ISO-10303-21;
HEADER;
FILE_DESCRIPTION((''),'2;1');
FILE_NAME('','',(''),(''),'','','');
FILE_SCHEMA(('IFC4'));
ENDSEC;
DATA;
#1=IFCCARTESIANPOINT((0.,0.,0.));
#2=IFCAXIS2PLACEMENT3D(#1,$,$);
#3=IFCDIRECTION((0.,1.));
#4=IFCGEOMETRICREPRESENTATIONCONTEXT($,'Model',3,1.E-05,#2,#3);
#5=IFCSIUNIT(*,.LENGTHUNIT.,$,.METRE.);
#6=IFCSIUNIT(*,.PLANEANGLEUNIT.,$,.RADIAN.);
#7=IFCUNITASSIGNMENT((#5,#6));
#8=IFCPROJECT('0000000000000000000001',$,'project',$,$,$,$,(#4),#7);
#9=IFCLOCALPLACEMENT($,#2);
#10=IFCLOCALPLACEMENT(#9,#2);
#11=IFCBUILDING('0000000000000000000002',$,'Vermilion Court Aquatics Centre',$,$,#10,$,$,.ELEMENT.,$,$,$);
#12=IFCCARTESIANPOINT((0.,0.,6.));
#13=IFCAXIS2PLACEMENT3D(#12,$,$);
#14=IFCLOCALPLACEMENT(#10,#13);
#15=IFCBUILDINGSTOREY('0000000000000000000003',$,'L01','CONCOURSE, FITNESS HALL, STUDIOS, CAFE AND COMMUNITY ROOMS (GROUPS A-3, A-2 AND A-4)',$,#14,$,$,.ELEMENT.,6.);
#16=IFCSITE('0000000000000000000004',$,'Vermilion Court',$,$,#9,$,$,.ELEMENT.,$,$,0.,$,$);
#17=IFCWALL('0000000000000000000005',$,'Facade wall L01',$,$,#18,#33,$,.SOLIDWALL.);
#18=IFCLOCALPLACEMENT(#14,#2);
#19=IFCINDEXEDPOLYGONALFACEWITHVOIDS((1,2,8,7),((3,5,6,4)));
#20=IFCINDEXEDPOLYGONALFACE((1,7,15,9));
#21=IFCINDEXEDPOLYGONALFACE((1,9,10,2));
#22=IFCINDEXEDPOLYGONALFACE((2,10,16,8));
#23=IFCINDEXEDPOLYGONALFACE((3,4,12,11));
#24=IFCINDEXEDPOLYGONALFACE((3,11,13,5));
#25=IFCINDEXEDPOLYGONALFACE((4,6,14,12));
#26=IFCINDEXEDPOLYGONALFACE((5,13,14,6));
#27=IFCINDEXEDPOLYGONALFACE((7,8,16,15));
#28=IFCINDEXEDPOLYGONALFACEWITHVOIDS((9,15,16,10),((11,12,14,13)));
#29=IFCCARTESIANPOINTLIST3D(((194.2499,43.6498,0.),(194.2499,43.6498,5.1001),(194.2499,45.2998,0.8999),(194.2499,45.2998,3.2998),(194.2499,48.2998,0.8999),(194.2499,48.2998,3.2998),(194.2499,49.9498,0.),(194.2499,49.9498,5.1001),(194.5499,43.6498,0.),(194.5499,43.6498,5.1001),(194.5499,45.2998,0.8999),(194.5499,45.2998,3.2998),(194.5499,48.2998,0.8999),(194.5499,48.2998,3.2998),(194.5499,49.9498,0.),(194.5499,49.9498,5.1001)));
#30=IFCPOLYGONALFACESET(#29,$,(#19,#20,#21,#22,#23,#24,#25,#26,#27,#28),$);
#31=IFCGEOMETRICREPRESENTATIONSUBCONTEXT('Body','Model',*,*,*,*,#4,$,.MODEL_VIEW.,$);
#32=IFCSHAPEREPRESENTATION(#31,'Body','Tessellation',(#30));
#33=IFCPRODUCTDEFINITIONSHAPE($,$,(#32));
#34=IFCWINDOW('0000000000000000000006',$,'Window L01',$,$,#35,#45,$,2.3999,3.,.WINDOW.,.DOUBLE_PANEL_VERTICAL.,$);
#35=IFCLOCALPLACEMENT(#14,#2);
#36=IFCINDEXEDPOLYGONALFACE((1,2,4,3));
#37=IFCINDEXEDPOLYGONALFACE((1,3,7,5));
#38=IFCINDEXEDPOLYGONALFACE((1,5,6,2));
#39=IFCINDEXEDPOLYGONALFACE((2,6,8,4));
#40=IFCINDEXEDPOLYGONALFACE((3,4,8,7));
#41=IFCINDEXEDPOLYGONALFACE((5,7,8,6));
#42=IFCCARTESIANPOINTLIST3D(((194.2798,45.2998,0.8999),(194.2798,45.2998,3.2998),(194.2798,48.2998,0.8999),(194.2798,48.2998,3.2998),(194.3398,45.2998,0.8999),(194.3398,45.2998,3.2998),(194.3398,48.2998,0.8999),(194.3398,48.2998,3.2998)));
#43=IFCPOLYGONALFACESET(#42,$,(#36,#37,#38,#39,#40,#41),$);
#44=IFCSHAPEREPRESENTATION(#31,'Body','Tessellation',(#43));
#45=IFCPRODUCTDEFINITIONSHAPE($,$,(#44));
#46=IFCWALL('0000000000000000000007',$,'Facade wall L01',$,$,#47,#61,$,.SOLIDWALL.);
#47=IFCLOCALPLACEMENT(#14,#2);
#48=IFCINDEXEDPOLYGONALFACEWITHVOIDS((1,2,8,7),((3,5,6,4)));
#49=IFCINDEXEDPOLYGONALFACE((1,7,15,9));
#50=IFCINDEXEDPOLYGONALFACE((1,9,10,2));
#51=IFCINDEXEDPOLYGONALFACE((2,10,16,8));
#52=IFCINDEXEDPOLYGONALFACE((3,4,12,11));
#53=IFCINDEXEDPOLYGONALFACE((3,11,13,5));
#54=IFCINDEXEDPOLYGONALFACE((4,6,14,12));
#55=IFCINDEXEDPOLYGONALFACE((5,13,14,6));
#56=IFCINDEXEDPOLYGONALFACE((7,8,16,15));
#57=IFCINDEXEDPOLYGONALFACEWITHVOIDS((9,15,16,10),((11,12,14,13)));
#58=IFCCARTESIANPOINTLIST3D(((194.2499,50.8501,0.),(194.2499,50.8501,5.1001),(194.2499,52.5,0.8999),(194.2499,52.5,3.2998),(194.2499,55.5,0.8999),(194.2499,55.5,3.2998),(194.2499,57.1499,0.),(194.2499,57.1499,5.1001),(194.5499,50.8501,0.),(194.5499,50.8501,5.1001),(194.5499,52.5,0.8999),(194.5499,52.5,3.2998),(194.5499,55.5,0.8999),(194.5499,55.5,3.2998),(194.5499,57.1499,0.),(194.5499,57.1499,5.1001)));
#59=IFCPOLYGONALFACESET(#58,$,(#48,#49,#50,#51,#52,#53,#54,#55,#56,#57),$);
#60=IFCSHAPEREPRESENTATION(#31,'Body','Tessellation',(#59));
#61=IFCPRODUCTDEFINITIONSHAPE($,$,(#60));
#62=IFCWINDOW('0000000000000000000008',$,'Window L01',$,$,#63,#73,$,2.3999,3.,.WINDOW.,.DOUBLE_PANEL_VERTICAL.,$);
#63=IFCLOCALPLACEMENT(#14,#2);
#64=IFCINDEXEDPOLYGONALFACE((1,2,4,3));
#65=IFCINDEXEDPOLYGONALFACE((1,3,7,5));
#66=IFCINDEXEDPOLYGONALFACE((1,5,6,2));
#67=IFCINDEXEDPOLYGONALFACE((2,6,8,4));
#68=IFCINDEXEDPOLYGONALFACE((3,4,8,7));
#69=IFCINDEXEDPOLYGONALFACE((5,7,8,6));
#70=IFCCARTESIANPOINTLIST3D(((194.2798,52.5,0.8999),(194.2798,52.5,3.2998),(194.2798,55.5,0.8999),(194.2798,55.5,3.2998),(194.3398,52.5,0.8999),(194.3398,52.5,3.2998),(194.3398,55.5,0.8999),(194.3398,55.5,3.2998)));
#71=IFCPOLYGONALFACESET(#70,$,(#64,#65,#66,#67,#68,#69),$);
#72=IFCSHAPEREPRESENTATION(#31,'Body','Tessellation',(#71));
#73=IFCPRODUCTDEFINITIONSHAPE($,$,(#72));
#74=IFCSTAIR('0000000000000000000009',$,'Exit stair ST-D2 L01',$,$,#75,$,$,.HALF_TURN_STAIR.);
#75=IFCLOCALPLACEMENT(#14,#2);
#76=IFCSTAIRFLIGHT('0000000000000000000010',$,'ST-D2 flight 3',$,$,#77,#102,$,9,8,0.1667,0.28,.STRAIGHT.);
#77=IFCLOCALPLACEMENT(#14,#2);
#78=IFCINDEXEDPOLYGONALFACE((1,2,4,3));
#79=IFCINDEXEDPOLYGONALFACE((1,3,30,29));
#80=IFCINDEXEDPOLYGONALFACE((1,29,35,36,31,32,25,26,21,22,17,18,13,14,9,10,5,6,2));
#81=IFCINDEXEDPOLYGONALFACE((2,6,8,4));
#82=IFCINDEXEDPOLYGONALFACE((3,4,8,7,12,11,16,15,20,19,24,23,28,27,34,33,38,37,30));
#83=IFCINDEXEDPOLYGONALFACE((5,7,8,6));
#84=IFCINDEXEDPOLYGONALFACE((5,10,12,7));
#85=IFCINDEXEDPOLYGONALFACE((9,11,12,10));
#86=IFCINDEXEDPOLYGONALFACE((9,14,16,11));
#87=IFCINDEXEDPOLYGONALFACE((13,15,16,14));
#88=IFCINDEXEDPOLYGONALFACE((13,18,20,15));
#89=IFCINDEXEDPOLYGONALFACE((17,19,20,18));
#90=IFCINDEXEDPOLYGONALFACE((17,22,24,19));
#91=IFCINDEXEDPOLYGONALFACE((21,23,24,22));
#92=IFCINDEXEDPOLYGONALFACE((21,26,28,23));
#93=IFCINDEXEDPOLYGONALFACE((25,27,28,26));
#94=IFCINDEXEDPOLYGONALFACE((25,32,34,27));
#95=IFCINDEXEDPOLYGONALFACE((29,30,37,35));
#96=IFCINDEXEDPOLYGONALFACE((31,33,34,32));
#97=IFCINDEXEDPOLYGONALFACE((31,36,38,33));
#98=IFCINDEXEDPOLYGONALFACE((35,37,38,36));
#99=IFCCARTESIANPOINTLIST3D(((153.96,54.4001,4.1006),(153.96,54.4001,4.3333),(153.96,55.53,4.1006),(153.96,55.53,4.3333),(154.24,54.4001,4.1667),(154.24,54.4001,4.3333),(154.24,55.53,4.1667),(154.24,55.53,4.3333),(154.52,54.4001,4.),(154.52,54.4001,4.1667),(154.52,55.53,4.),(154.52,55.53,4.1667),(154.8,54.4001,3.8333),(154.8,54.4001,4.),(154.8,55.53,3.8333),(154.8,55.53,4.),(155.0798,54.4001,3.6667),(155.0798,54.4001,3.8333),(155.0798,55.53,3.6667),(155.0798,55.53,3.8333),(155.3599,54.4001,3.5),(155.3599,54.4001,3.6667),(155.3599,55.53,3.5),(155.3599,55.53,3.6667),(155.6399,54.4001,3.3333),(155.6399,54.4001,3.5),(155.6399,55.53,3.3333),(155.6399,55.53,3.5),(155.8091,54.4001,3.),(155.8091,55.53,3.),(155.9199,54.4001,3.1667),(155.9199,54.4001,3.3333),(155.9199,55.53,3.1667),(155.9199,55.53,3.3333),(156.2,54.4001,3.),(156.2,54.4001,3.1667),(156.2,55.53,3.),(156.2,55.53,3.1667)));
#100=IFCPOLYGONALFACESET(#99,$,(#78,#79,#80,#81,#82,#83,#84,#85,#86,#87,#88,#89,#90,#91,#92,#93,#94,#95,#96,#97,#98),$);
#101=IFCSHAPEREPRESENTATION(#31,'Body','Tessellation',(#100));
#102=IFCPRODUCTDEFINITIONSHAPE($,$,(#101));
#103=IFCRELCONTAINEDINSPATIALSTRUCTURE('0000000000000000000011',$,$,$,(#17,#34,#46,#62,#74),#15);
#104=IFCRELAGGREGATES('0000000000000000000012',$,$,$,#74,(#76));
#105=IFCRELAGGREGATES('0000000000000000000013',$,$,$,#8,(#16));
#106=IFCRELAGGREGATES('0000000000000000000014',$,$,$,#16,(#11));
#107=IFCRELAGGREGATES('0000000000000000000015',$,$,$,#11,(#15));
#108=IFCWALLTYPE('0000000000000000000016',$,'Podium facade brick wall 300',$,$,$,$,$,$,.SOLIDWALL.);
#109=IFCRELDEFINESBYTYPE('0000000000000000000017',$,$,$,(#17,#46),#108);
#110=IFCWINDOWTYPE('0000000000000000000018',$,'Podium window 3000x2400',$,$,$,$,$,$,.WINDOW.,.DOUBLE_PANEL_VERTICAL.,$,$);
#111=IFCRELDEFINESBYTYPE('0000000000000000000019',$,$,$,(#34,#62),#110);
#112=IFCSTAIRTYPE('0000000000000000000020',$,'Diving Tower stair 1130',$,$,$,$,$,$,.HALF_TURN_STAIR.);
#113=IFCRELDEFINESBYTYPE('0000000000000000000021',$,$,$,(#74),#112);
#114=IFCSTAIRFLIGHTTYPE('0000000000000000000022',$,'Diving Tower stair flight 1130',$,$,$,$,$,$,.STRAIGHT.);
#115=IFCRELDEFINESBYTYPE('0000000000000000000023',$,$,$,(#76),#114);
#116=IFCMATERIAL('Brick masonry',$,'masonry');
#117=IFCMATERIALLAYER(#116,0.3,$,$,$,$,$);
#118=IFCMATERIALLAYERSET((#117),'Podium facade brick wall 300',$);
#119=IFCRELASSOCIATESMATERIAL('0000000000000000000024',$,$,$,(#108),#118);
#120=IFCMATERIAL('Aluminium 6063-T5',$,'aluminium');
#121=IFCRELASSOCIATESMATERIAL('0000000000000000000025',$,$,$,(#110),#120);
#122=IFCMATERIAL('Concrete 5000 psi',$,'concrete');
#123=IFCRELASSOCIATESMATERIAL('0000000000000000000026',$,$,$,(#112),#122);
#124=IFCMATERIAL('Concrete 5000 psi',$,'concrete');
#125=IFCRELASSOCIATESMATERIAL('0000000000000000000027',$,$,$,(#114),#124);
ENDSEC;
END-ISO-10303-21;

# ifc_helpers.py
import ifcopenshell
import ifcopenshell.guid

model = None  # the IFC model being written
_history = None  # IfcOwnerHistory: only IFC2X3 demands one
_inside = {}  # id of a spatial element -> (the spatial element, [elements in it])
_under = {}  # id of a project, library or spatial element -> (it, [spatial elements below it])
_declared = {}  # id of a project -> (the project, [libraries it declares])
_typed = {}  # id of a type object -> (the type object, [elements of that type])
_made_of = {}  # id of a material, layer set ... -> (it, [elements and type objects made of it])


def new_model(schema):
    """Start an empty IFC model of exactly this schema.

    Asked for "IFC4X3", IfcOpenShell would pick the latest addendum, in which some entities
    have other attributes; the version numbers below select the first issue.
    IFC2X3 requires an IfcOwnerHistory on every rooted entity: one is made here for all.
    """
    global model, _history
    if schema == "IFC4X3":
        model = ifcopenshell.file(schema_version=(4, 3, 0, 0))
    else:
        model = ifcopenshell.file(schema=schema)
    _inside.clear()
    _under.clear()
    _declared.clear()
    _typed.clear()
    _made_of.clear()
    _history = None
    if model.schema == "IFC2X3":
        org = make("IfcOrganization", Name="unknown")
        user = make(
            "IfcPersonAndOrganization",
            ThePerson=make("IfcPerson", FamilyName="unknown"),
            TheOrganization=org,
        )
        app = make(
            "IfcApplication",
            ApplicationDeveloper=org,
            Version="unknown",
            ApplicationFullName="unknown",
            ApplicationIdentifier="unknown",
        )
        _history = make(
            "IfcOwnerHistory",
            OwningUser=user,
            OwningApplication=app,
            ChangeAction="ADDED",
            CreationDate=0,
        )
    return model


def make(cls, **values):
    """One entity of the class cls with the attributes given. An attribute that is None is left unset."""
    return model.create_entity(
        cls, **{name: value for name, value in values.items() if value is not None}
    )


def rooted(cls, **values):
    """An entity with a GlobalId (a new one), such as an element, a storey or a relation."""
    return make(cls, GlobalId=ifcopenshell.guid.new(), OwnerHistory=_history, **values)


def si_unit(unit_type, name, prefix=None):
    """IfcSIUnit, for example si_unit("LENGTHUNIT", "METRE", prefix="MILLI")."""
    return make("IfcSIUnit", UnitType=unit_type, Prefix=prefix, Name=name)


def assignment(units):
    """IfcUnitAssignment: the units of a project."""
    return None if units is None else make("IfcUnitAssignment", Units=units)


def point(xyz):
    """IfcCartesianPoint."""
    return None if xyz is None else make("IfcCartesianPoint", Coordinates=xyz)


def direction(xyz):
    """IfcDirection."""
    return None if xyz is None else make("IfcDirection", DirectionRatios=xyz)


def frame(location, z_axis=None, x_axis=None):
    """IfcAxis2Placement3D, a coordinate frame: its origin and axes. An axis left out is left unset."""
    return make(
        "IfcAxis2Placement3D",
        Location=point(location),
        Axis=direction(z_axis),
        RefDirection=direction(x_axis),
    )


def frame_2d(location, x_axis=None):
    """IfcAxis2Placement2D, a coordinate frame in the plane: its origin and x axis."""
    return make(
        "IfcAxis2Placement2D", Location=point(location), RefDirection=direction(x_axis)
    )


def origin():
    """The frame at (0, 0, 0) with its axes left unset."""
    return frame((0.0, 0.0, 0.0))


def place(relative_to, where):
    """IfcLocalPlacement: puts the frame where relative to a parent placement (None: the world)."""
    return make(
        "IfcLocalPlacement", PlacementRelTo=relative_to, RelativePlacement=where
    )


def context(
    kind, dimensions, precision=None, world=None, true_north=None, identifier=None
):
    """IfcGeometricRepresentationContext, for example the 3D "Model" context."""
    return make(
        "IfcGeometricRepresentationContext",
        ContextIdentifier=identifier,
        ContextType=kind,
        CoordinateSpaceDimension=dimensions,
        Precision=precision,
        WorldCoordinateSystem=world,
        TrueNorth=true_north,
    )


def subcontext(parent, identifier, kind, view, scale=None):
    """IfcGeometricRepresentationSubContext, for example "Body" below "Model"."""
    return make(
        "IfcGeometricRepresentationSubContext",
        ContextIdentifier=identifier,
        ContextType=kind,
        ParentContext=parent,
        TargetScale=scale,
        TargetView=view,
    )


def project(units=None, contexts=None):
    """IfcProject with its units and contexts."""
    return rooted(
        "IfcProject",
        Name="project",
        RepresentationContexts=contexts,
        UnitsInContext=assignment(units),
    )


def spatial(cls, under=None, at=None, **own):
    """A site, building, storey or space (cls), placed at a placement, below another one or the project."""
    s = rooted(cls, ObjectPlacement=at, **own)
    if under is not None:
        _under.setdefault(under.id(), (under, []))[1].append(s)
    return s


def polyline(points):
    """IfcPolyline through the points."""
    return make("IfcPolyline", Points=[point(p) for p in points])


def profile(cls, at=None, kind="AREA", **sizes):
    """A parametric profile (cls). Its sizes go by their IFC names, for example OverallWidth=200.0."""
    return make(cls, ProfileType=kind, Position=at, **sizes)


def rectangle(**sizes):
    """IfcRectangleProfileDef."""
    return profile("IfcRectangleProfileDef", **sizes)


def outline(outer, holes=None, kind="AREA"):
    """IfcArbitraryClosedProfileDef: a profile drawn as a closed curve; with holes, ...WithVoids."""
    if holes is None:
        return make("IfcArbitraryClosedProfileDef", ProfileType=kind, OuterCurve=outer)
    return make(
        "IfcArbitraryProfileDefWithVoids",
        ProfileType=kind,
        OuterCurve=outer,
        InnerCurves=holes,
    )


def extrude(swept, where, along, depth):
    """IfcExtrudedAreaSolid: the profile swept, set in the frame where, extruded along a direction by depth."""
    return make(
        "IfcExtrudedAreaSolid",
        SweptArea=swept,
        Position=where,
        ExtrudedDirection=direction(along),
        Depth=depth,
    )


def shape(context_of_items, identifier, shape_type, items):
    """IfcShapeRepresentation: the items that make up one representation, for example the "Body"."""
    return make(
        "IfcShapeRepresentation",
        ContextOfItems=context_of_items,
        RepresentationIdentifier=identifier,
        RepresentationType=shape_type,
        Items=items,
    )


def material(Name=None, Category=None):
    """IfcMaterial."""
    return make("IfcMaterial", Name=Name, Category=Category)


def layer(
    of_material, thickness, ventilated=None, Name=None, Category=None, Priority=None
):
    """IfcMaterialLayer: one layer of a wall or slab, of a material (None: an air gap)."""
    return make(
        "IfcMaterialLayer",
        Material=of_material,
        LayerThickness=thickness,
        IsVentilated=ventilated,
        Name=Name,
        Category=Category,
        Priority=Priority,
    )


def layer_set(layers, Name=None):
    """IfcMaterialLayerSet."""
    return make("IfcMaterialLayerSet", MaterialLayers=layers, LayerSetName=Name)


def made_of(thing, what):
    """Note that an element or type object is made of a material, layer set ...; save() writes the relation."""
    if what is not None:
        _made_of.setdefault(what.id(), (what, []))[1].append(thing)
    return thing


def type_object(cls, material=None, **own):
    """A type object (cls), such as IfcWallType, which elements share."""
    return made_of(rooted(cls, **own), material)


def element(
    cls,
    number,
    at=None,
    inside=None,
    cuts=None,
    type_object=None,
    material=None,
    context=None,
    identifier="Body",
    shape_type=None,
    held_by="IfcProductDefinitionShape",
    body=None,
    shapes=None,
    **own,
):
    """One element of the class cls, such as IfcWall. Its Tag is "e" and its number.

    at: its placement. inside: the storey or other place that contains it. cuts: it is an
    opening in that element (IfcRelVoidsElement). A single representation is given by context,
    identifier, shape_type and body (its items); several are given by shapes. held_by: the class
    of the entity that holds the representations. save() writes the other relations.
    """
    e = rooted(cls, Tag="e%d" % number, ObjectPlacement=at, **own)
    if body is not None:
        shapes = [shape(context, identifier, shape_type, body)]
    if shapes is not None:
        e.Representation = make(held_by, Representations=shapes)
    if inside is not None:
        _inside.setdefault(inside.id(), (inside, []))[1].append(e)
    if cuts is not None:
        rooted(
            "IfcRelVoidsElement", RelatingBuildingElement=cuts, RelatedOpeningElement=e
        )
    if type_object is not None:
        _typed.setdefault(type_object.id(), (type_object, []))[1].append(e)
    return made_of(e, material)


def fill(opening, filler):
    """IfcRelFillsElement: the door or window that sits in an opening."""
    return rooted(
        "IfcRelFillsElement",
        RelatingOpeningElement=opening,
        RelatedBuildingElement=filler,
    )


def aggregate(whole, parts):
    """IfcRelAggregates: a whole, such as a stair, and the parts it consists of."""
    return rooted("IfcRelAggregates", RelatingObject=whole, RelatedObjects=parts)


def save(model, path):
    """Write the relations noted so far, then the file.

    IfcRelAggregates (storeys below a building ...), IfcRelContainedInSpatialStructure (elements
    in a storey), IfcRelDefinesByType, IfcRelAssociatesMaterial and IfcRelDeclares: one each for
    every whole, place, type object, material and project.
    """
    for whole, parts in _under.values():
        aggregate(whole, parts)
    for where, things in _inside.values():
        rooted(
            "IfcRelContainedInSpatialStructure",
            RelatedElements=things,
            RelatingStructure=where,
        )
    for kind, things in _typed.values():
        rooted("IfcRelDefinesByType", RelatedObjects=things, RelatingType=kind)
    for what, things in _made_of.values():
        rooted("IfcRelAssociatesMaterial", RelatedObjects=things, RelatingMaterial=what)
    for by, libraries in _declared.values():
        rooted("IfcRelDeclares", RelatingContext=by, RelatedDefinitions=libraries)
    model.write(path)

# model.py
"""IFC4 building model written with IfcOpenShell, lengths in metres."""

from ifc_helpers import new_model, si_unit, direction, frame, frame_2d, origin, place, context, subcontext, project, spatial, polyline, rectangle, outline, extrude, material, layer, layer_set, type_object, element, fill, aggregate, save


model = new_model("IFC4")

# Units and contexts
model_context = context("Model", 3, precision=1e-05, world=origin(), true_north=direction((0.0, 1.0)))
body_context = subcontext(model_context, "Body", "Model", "MODEL_VIEW")
ifc_project = project(units=[si_unit("LENGTHUNIT", "METRE"), si_unit("PLANEANGLEUNIT", "RADIAN")], contexts=[model_context])

# Site, building, storey
site_placement = place(None, origin())
site = spatial("IfcSite", under=ifc_project, at=site_placement, Name="Vermilion Court", CompositionType="ELEMENT", RefElevation=0.0)
building_placement = place(site_placement, origin())
building = spatial("IfcBuilding", under=site, at=building_placement, Name="Vermilion Court Aquatics Centre", CompositionType="ELEMENT")
storey_placement = place(building_placement, frame((0.0, 0.0, 6.0)))
storey = spatial("IfcBuildingStorey", under=building, at=storey_placement, Name="L01", Description="CONCOURSE, FITNESS HALL, STUDIOS, CAFE AND COMMUNITY ROOMS (GROUPS A-3, A-2 AND A-4)", CompositionType="ELEMENT", Elevation=6.0)

# Walls, openings, windows
ifc_material_1 = material(Name="Brick masonry", Category="masonry")
ifc_layer_1 = layer(ifc_material_1, 0.3)
ifc_layer_set_1 = layer_set([ifc_layer_1], Name="Podium facade brick wall 300")
wall_type_1 = type_object("IfcWallType", Name="Podium facade brick wall 300", PredefinedType="SOLIDWALL", material=ifc_layer_set_1)
ifc_material_2 = material(Name="Aluminium 6063-T5", Category="aluminium")
window_type = type_object("IfcWindowType", Name="Podium window 3000x2400", PartitioningType="DOUBLE_PANEL_VERTICAL", PredefinedType="WINDOW", material=ifc_material_2)
wall_1_placement = place(storey_placement, frame((194.3999, 43.6499, 0.0), z_axis=(0.0, 0.0, 1.0), x_axis=(0.0, 1.0, 0.0)))
wall_1 = element("IfcWall", 1, at=wall_1_placement, inside=storey, type_object=wall_type_1, Name="Facade wall L01", PredefinedType="SOLIDWALL", context=body_context, shape_type="SweptSolid", body=[
    extrude(rectangle(XDim=6.3, YDim=0.3, at=frame_2d((3.1499, 0.0))), origin(), (0.0, 0.0, 1.0), 5.1001),
])
opening_1_placement = place(wall_1_placement, frame((1.6499, 0.0, 0.8999)))
opening_1 = element("IfcOpeningElement", 2, at=opening_1_placement, cuts=wall_1, PredefinedType="OPENING", context=body_context, shape_type="SweptSolid", body=[
    extrude(rectangle(XDim=3.0, YDim=2.3999, at=frame_2d((1.5, 1.2))), frame((0.0, 0.1599, 0.0), z_axis=(0.0, -1.0, 0.0), x_axis=(1.0, 0.0, 0.0)), (0.0, 0.0, 1.0), 0.3201),
])
window_1_placement = place(opening_1_placement, origin())
window_1 = element("IfcWindow", 3, at=window_1_placement, inside=storey, type_object=window_type, Name="Window L01", OverallHeight=2.3999, OverallWidth=3.0, PartitioningType="DOUBLE_PANEL_VERTICAL", PredefinedType="WINDOW", context=body_context, shape_type="SweptSolid", body=[
    extrude(rectangle(XDim=3.0, YDim=2.3999, at=frame_2d((1.5, 1.2))), frame((0.0, 0.1201, 0.0), z_axis=(0.0, -1.0, 0.0), x_axis=(1.0, 0.0, 0.0)), (0.0, 0.0, 1.0), 0.0601),
])
fill(opening_1, window_1)
wall_2_placement = place(storey_placement, frame((194.3999, 50.8501, 0.0), z_axis=(0.0, 0.0, 1.0), x_axis=(0.0, 1.0, 0.0)))
wall_2 = element("IfcWall", 4, at=wall_2_placement, inside=storey, type_object=wall_type_1, Name="Facade wall L01", PredefinedType="SOLIDWALL", context=body_context, shape_type="SweptSolid", body=[
    extrude(rectangle(XDim=6.2998, YDim=0.3, at=frame_2d((3.1499, 0.0))), origin(), (0.0, 0.0, 1.0), 5.1001),
])
opening_2_placement = place(wall_2_placement, frame((1.6499, 0.0, 0.8999)))
opening_2 = element("IfcOpeningElement", 5, at=opening_2_placement, cuts=wall_2, PredefinedType="OPENING", context=body_context, shape_type="SweptSolid", body=[
    extrude(rectangle(XDim=3.0, YDim=2.3999, at=frame_2d((1.5, 1.2))), frame((0.0, 0.1599, 0.0), z_axis=(0.0, -1.0, 0.0), x_axis=(1.0, 0.0, 0.0)), (0.0, 0.0, 1.0), 0.3201),
])
window_2_placement = place(opening_2_placement, origin())
window_2 = element("IfcWindow", 6, at=window_2_placement, inside=storey, type_object=window_type, Name="Window L01", OverallHeight=2.3999, OverallWidth=3.0, PartitioningType="DOUBLE_PANEL_VERTICAL", PredefinedType="WINDOW", context=body_context, shape_type="SweptSolid", body=[
    extrude(rectangle(XDim=3.0, YDim=2.3999, at=frame_2d((1.5, 1.2))), frame((0.0, 0.1201, 0.0), z_axis=(0.0, -1.0, 0.0), x_axis=(1.0, 0.0, 0.0)), (0.0, 0.0, 1.0), 0.0601),
])
fill(opening_2, window_2)

# Stair, stair flight
ifc_material_3 = material(Name="Concrete 5000 psi", Category="concrete")
stair_type = type_object("IfcStairType", Name="Diving Tower stair 1130", PredefinedType="HALF_TURN_STAIR", material=ifc_material_3)
stair_placement = place(storey_placement, origin())
stair = element("IfcStair", 7, at=stair_placement, inside=storey, type_object=stair_type, Name="Exit stair ST-D2 L01", PredefinedType="HALF_TURN_STAIR")
ifc_material_4 = material(Name="Concrete 5000 psi", Category="concrete")
stair_flight_type = type_object("IfcStairFlightType", Name="Diving Tower stair flight 1130", PredefinedType="STRAIGHT", material=ifc_material_4)
stair_flight_placement = place(storey_placement, frame((156.2, 54.9651, 3.0), z_axis=(0.0, 0.0, 1.0), x_axis=(-1.0, 0.0, 0.0)))
stair_flight = element("IfcStairFlight", 8, at=stair_flight_placement, type_object=stair_flight_type, Name="ST-D2 flight 3", NumberOfRisers=9, NumberOfTreads=8, PredefinedType="STRAIGHT", RiserHeight=0.1667, TreadLength=0.28, context=body_context, shape_type="SweptSolid", body=[
    extrude(outline(polyline([(0.0, 0.0), (0.0, 0.1667), (0.28, 0.1667), (0.28, 0.3333), (0.5601, 0.3333), (0.5601, 0.5), (0.8401, 0.5), (0.8401, 0.6667), (1.1201, 0.6667), (1.1201, 0.8333), (1.3999, 0.8333), (1.3999, 1.0), (1.6799, 1.0), (1.6799, 1.1667), (1.96, 1.1667), (1.96, 1.3333), (2.24, 1.3333), (2.24, 1.5), (2.24, 1.1006), (0.3909, 0.0), (0.0, 0.0)])), frame((0.0, 0.5649, 0.0), z_axis=(0.0, -1.0, 0.0), x_axis=(1.0, 0.0, 0.0)), (0.0, 0.0, 1.0), 1.1299),
])
aggregate(stair, [stair_flight])

save(model, "model.ifc")
